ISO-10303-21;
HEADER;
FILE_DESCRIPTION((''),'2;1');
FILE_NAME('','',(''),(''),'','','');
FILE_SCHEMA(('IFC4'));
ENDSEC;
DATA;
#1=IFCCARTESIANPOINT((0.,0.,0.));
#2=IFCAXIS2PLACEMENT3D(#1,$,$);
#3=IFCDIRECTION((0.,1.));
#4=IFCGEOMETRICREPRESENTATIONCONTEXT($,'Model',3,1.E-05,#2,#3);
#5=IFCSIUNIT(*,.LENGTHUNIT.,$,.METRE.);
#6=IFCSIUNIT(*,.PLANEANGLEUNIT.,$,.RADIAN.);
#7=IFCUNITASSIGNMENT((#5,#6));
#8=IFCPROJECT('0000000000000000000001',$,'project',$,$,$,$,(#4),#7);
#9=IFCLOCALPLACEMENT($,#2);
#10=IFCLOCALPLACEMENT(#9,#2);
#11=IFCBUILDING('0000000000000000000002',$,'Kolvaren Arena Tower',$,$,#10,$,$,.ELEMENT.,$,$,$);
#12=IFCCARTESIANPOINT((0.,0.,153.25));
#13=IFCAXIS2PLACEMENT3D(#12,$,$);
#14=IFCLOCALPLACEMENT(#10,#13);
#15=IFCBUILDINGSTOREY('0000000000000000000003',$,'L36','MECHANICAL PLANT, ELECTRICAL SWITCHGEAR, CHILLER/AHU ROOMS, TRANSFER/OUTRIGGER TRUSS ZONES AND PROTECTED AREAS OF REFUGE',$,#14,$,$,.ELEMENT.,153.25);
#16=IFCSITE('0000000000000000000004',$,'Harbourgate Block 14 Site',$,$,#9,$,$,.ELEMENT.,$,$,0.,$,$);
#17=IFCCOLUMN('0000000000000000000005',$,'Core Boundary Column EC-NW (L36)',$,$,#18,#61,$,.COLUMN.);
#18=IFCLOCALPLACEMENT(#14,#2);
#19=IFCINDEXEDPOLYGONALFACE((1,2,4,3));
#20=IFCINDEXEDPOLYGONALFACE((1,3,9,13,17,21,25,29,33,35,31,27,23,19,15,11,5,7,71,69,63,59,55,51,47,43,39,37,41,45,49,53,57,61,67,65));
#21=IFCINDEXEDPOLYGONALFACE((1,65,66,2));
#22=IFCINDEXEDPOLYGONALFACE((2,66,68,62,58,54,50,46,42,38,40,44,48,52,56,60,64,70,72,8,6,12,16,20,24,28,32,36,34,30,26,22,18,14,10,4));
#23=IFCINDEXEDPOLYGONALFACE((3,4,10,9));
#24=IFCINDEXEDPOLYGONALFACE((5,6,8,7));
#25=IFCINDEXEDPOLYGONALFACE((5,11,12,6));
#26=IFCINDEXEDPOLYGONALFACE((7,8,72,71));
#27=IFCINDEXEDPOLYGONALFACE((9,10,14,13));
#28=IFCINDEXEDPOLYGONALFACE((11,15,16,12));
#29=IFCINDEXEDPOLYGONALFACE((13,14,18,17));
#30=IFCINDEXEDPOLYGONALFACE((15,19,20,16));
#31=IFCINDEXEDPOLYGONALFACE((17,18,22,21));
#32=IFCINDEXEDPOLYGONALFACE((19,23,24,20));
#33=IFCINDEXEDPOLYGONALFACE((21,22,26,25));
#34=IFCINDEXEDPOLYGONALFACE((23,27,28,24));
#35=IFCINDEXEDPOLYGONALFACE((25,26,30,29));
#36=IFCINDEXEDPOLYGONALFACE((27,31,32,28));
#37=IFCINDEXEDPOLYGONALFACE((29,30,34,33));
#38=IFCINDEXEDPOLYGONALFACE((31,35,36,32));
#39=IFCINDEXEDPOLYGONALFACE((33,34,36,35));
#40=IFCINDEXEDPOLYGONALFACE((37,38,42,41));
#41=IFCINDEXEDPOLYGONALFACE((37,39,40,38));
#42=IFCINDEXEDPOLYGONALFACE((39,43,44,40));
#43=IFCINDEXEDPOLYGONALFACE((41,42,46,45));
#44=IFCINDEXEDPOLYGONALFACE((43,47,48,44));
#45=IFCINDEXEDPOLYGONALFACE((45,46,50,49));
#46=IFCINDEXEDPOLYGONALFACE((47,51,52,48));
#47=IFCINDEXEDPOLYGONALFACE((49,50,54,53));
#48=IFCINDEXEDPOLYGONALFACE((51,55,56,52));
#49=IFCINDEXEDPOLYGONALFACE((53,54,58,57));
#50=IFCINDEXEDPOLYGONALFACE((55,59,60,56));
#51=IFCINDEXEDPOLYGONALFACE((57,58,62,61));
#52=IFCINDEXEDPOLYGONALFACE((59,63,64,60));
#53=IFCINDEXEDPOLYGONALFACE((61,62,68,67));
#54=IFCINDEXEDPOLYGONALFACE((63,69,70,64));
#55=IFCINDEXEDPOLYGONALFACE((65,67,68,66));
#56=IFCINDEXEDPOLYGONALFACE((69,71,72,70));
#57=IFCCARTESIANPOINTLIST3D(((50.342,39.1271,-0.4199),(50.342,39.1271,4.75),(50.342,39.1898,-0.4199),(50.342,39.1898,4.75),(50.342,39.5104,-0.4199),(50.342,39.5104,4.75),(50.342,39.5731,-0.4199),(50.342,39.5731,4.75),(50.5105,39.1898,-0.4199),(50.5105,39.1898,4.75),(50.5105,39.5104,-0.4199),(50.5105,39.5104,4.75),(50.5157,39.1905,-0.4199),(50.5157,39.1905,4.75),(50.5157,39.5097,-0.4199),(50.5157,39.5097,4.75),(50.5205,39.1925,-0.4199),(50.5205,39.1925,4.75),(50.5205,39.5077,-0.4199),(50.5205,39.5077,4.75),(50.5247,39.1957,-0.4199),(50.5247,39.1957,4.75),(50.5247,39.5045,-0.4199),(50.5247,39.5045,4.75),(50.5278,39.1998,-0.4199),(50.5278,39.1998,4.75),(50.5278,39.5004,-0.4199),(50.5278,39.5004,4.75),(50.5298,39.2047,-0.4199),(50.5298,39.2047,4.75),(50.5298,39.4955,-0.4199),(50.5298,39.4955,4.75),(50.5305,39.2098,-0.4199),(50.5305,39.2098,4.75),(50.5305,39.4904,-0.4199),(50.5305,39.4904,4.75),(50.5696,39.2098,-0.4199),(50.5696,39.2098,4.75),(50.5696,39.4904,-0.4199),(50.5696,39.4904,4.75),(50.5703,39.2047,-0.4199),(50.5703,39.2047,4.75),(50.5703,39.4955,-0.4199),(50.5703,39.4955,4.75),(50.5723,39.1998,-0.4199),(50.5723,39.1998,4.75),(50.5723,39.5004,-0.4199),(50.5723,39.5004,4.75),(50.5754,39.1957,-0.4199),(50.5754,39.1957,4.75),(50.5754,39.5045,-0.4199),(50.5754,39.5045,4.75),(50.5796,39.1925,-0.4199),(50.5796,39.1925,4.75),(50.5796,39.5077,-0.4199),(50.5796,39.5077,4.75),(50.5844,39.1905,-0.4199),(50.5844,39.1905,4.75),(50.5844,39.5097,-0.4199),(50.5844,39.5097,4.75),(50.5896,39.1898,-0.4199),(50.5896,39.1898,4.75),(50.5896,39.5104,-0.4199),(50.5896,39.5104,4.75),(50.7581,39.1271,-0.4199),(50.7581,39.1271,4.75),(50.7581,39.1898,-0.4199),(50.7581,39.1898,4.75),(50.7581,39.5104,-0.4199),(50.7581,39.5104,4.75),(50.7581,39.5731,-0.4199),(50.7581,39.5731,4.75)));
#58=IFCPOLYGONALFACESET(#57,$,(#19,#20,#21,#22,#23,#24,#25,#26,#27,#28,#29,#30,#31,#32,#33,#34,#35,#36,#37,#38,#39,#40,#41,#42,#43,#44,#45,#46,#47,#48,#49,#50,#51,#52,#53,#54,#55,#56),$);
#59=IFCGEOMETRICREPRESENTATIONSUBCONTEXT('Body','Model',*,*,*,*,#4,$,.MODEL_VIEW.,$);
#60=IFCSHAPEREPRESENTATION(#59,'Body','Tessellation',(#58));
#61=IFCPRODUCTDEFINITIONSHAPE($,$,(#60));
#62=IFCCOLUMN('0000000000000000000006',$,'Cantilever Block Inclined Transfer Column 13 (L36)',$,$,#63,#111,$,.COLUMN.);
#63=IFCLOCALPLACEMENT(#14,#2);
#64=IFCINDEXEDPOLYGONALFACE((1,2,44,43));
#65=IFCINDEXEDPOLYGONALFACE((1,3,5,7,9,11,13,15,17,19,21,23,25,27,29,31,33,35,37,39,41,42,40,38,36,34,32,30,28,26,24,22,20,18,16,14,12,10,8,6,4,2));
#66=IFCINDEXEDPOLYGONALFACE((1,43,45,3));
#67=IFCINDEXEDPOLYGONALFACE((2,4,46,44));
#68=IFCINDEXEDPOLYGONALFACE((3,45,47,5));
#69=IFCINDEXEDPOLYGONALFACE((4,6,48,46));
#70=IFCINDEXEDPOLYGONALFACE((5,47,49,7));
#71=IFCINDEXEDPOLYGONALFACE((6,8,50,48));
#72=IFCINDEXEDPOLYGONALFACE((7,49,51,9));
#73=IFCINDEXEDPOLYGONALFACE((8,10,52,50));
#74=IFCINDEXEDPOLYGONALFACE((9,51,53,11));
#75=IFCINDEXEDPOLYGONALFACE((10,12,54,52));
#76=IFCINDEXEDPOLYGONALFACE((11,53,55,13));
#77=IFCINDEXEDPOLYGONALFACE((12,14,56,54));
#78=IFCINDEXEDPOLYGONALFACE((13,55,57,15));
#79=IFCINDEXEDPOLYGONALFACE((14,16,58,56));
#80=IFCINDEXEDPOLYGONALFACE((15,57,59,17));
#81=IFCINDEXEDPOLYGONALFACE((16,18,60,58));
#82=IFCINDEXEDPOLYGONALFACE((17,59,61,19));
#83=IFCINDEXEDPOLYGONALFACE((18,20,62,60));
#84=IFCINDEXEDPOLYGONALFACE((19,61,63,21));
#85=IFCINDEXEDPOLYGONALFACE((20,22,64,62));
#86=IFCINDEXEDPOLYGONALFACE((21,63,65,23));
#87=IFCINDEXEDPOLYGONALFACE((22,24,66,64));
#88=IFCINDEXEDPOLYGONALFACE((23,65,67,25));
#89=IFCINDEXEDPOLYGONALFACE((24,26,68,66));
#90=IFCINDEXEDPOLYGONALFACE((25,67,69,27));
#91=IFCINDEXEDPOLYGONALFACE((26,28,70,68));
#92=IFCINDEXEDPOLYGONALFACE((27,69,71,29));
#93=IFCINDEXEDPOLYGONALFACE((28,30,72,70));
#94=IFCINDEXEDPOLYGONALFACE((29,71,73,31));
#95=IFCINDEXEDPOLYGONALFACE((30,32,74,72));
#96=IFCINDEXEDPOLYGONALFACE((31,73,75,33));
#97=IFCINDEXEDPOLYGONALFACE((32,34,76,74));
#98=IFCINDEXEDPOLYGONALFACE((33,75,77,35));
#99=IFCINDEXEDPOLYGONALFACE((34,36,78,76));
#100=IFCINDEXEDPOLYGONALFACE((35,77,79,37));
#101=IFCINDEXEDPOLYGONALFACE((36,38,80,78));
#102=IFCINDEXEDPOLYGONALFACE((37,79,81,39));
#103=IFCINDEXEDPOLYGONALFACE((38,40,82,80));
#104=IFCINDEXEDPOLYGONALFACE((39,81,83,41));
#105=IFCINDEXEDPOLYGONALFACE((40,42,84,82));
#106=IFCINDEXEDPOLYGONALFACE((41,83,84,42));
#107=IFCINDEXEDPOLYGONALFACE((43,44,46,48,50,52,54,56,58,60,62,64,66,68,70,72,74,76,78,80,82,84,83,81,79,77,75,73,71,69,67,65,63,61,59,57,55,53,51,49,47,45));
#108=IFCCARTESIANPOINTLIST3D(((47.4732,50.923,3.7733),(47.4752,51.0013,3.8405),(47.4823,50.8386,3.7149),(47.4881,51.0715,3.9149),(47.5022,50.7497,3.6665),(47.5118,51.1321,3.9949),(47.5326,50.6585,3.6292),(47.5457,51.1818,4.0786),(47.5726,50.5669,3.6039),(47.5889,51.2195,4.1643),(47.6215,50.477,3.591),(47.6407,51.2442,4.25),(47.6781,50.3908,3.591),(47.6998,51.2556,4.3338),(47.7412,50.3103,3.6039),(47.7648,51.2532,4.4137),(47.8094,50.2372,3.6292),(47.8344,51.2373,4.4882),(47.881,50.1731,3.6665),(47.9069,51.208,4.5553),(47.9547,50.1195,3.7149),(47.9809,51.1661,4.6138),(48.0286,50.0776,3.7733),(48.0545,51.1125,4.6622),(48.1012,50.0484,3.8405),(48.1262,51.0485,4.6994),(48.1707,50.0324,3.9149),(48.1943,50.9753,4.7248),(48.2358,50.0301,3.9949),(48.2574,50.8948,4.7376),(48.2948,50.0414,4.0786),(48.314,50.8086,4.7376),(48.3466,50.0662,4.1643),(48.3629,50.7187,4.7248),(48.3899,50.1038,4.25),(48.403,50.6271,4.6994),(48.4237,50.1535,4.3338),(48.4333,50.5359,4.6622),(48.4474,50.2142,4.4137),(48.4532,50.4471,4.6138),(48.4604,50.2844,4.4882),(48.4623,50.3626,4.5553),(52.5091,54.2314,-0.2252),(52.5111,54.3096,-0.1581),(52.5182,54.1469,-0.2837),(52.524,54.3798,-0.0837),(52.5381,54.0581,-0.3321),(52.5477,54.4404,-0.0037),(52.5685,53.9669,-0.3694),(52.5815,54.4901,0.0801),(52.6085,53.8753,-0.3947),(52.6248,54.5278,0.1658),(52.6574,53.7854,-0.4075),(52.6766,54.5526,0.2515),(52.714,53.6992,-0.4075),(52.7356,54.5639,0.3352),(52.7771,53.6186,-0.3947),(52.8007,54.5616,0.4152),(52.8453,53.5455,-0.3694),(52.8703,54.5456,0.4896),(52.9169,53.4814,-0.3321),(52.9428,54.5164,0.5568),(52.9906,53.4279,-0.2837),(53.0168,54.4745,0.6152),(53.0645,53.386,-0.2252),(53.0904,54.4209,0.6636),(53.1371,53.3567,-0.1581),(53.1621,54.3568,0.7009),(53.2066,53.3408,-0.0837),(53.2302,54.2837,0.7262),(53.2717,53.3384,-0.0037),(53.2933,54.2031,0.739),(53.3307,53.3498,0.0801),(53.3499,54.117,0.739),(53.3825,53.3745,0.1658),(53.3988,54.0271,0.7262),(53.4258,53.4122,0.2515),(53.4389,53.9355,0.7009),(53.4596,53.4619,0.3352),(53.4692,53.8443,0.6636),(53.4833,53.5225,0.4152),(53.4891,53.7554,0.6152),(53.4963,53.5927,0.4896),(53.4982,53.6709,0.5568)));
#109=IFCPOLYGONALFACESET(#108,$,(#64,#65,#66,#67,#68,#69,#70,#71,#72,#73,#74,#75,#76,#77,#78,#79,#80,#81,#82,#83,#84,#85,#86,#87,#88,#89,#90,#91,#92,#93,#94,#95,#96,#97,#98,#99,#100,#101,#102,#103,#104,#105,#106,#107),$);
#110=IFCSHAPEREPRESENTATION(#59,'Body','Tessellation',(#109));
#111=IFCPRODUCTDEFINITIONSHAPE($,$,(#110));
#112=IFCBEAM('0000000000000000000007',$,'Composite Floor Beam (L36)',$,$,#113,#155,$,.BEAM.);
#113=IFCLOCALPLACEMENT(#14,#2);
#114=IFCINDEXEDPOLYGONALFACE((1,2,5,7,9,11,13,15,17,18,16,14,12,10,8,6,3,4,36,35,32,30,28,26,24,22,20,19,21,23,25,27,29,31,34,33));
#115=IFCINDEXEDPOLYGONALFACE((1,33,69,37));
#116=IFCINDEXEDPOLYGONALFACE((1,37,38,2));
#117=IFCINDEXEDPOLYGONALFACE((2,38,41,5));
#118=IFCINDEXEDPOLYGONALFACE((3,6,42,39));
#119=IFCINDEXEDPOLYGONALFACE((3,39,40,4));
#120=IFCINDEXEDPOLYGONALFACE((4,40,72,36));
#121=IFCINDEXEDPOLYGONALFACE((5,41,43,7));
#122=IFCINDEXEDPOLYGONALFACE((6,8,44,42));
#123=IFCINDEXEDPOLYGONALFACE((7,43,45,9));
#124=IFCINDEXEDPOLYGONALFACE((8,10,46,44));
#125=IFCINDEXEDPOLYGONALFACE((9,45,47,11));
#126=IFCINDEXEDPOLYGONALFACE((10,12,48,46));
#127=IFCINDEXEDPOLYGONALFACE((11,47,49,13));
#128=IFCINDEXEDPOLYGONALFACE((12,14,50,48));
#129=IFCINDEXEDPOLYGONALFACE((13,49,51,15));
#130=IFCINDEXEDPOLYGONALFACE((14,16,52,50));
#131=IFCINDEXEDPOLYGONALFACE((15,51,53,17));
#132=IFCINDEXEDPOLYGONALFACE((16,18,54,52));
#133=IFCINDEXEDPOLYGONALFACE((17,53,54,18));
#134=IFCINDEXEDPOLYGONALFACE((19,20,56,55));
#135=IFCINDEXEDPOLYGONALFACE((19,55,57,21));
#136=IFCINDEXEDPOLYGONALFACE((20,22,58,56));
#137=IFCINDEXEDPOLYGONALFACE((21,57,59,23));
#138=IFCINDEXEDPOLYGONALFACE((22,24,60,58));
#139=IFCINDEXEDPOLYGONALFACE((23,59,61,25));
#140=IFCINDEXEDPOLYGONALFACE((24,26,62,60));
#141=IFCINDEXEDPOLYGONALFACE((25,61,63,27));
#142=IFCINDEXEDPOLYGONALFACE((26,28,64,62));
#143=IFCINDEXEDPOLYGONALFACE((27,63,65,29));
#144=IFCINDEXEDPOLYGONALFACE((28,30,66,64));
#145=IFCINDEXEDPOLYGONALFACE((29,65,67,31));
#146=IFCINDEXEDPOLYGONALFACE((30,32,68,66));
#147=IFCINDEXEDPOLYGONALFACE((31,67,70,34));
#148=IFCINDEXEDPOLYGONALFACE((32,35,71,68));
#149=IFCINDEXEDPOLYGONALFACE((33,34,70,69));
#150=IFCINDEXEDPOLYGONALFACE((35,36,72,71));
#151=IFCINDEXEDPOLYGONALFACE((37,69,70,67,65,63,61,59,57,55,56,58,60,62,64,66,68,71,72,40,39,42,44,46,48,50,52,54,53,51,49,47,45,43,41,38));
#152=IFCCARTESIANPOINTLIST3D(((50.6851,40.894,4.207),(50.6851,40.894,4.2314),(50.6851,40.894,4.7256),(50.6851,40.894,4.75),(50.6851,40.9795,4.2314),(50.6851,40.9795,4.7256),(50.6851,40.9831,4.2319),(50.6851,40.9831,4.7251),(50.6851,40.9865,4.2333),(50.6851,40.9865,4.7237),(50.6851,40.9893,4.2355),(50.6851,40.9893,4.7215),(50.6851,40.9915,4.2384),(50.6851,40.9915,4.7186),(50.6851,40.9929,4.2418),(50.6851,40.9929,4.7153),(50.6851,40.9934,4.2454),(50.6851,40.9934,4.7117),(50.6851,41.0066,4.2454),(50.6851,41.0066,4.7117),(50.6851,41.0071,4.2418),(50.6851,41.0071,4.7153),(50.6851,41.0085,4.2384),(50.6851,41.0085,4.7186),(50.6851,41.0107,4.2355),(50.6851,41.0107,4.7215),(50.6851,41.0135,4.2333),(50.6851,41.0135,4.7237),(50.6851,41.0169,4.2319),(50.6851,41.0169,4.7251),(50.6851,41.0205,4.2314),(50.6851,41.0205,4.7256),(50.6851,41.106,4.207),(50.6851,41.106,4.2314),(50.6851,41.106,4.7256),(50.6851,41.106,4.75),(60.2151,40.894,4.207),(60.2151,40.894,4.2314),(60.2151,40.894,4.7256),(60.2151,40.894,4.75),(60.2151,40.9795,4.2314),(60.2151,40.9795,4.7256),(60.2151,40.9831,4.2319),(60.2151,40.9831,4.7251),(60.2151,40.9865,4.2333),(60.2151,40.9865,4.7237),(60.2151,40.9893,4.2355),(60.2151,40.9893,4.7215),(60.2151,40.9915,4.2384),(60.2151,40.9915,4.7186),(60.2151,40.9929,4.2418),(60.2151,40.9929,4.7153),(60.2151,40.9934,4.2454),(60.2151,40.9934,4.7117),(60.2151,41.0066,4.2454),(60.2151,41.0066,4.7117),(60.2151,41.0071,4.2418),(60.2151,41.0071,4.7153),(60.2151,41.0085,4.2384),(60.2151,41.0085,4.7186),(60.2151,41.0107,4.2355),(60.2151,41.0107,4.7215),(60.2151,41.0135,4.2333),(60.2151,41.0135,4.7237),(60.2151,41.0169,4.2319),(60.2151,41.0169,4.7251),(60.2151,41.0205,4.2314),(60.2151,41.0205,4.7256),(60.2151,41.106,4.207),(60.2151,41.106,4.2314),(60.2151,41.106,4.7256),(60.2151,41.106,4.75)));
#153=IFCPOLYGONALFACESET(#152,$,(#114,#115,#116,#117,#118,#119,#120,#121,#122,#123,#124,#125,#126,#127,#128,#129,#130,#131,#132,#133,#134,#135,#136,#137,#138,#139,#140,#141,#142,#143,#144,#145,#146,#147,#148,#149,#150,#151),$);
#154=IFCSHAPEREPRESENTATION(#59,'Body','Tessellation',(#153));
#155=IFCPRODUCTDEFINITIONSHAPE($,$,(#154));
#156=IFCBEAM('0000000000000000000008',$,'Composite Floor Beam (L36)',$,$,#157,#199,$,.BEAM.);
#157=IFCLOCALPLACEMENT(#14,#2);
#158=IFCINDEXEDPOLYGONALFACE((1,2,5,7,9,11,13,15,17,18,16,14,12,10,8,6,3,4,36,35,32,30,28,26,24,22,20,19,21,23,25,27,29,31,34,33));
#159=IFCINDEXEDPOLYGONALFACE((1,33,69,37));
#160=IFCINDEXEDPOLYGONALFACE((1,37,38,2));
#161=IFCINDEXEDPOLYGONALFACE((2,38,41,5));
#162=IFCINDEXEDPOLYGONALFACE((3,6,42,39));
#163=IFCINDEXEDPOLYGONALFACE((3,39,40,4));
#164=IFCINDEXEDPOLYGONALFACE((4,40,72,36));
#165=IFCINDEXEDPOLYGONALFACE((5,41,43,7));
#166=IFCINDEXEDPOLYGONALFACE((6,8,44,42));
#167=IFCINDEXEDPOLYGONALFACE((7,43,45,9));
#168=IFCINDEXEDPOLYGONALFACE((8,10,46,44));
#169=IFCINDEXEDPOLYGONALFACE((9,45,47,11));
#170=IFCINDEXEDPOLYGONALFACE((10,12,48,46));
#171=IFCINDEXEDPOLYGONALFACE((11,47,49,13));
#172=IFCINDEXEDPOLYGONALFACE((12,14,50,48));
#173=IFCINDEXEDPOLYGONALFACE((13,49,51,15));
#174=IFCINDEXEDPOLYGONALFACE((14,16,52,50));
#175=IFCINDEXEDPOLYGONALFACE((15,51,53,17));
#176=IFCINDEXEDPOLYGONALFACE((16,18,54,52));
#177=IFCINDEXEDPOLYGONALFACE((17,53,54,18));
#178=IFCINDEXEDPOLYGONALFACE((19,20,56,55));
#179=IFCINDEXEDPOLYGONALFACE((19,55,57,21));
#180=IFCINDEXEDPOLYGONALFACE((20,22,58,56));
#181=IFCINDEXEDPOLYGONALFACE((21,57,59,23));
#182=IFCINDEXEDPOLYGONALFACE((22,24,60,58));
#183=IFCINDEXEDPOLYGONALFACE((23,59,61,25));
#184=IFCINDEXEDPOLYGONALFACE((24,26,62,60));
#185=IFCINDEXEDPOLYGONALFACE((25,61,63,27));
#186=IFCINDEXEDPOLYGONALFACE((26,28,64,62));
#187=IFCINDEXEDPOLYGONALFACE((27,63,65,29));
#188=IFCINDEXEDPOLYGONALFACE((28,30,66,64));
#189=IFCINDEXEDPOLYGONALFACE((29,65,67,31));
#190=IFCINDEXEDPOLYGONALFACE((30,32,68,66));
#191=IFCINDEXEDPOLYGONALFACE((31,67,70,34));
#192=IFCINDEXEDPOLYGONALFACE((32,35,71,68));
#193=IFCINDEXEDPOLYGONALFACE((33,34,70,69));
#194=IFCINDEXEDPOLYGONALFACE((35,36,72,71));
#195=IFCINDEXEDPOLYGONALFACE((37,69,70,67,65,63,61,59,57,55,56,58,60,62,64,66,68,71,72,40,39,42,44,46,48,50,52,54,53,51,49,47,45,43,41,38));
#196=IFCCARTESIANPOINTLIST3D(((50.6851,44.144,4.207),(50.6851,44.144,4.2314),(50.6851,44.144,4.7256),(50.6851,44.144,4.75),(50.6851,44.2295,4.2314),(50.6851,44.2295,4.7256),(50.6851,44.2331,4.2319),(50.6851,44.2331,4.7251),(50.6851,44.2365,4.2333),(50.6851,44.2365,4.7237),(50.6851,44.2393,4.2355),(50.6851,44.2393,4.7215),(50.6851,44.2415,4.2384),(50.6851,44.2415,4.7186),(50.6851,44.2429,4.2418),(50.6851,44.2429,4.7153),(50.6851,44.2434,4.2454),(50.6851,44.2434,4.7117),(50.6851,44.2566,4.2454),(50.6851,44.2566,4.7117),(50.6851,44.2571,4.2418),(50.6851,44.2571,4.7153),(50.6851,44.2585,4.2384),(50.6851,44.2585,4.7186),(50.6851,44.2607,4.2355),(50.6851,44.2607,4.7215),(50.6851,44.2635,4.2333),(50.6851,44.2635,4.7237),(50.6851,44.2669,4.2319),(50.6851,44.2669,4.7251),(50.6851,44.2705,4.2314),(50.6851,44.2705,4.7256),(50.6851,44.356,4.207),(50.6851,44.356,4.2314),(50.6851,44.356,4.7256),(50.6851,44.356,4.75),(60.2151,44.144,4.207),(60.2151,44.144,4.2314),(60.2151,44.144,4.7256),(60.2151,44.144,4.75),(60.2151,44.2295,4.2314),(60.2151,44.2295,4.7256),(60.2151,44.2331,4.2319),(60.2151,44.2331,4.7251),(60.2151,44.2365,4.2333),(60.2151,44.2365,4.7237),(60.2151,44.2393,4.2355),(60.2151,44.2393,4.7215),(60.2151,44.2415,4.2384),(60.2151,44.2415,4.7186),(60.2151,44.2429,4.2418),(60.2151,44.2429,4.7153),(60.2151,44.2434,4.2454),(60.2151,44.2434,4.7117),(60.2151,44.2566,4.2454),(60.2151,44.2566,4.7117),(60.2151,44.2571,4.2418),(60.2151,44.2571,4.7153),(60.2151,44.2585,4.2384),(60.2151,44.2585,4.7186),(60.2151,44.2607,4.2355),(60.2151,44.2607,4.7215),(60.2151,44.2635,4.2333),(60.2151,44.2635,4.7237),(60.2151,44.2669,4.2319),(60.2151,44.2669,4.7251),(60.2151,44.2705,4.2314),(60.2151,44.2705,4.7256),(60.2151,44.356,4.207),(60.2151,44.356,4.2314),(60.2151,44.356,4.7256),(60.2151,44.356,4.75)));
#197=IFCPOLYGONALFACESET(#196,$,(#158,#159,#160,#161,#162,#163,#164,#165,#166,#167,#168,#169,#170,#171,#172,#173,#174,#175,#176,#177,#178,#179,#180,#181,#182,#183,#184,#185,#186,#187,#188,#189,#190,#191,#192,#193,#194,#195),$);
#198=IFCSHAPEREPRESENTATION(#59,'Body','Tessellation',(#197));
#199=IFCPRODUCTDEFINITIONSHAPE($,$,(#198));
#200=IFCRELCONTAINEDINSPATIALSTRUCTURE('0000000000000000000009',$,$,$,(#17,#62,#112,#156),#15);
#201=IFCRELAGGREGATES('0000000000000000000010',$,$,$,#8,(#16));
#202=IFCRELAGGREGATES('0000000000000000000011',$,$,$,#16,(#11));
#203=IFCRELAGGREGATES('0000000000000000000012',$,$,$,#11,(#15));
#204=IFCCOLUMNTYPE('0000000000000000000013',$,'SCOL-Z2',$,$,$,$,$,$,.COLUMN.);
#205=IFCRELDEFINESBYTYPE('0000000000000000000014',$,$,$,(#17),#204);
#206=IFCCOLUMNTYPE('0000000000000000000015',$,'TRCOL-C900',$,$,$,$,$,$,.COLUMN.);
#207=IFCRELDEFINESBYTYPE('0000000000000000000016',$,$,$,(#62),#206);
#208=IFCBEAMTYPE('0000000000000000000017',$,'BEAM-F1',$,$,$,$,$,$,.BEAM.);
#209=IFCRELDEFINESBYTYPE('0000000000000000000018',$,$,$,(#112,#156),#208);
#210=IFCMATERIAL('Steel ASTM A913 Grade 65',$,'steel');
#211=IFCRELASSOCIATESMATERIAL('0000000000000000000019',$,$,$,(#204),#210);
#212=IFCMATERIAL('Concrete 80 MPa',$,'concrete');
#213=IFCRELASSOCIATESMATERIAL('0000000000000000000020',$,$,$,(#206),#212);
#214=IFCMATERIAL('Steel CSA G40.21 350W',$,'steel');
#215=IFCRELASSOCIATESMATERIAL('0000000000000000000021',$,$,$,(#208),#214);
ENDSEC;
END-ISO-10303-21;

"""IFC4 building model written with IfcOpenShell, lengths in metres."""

from ifc_helpers import new_model, si_unit, direction, frame, origin, origin_2d, place, context, subcontext, project, spatial, circle, i_section, extrude, material, material_profile, profile_set, type_object, element, save


model = new_model("IFC4")

# Units and contexts
model_context = context("Model", 3, precision=1e-05, world=origin(), true_north=direction((0.0, 1.0)))
body_context = subcontext(model_context, "Body", "Model", "MODEL_VIEW")
ifc_project = project(units=[si_unit("LENGTHUNIT", "METRE"), si_unit("PLANEANGLEUNIT", "RADIAN")], contexts=[model_context])

# Site, building, storey
site_placement = place(None, origin())
site = spatial("IfcSite", under=ifc_project, at=site_placement, Name="Harbourgate Block 14 Site", CompositionType="ELEMENT", RefElevation=0.0)
building_placement = place(site_placement, origin())
building = spatial("IfcBuilding", under=site, at=building_placement, Name="Kolvaren Arena Tower", CompositionType="ELEMENT")
storey_placement = place(building_placement, frame((0.0, 0.0, 153.25)))
storey = spatial("IfcBuildingStorey", under=building, at=storey_placement, Name="L36", Description="MECHANICAL PLANT, ELECTRICAL SWITCHGEAR, CHILLER/AHU ROOMS, TRANSFER/OUTRIGGER TRUSS ZONES AND PROTECTED AREAS OF REFUGE", CompositionType="ELEMENT", Elevation=153.25)

# Columns
ifc_material_1 = material(Name="Steel ASTM A913 Grade 65", Category="steel")
ifc_material_profile_1 = material_profile(ifc_material_1, i_section(OverallWidth=0.416, OverallDepth=0.446, WebThickness=0.0391, FlangeThickness=0.0627, FilletRadius=0.02, at=origin_2d()), Name="W360x509")
ifc_profile_set_1 = profile_set([ifc_material_profile_1], Name="Steel ASTM A913 Grade 65")
column_type_1 = type_object("IfcColumnType", Name="SCOL-Z2", PredefinedType="COLUMN", material=ifc_profile_set_1)
column_1_placement = place(storey_placement, frame((50.55, 39.3501, -0.4199), z_axis=(0.0, 0.0, 1.0), x_axis=(1.0, 0.0, 0.0)))
element("IfcColumn", 1, at=column_1_placement, inside=storey, type_object=column_type_1, Name="Core Boundary Column EC-NW (L36)", PredefinedType="COLUMN", context=body_context, shape_type="SweptSolid", body=[
    extrude(i_section(OverallWidth=0.416, OverallDepth=0.446, WebThickness=0.0391, FlangeThickness=0.0627, FilletRadius=0.02, at=origin_2d()), origin(), (0.0, 0.0, 1.0), 5.1699),
])
ifc_material_2 = material(Name="Concrete 80 MPa", Category="concrete")
ifc_material_profile_2 = material_profile(ifc_material_2, circle(Radius=0.6899, at=origin_2d()), Name="RC-CIRC-1380")
ifc_profile_set_2 = profile_set([ifc_material_profile_2], Name="Concrete 80 MPa")
column_type_2 = type_object("IfcColumnType", Name="TRCOL-C900", PredefinedType="COLUMN", material=ifc_profile_set_2)
column_2_placement = place(storey_placement, frame((53.0037, 53.9512, 0.1658), z_axis=(-0.696389, -0.457496, 0.552938), x_axis=(0.549068, -0.835778, 0.0)))
element("IfcColumn", 2, at=column_2_placement, inside=storey, type_object=column_type_2, Name="Cantilever Block Inclined Transfer Column 13 (L36)", PredefinedType="COLUMN", context=body_context, shape_type="SweptSolid", body=[
    extrude(circle(Radius=0.6899, at=origin_2d()), origin(), (0.0, 0.0, 1.0), 7.2314),
])

# Beams
ifc_material_3 = material(Name="Steel CSA G40.21 350W", Category="steel")
ifc_material_profile_3 = material_profile(ifc_material_3, i_section(OverallWidth=0.2119, OverallDepth=0.543, WebThickness=0.0132, FlangeThickness=0.0244, FilletRadius=0.0139, at=origin_2d()), Name="W530x150")
ifc_profile_set_3 = profile_set([ifc_material_profile_3], Name="Steel CSA G40.21 350W")
beam_type_1 = type_object("IfcBeamType", Name="BEAM-F1", PredefinedType="BEAM", material=ifc_profile_set_3)
for number, where, z_axis, x_axis, name in (
    (3, (50.6851, 41.0, 4.4785), (1.0, 0.0, 0.0), (0.0, 1.0, 0.0), "Composite Floor Beam (L36)"),
    (4, (50.6851, 44.25, 4.4785), (1.0, 0.0, 0.0), (0.0, 1.0, 0.0), "Composite Floor Beam (L36)"),
):
    element("IfcBeam", number, at=place(storey_placement, frame(where, z_axis=z_axis, x_axis=x_axis)), inside=storey, type_object=beam_type_1, Name=name, PredefinedType="BEAM", context=body_context, shape_type="SweptSolid", body=[
        extrude(i_section(OverallWidth=0.2119, OverallDepth=0.543, WebThickness=0.0132, FlangeThickness=0.0244, FilletRadius=0.0139, at=origin_2d()), origin(), (0.0, 0.0, 1.0), 9.53),
    ])

save(model, "model.ifc")
